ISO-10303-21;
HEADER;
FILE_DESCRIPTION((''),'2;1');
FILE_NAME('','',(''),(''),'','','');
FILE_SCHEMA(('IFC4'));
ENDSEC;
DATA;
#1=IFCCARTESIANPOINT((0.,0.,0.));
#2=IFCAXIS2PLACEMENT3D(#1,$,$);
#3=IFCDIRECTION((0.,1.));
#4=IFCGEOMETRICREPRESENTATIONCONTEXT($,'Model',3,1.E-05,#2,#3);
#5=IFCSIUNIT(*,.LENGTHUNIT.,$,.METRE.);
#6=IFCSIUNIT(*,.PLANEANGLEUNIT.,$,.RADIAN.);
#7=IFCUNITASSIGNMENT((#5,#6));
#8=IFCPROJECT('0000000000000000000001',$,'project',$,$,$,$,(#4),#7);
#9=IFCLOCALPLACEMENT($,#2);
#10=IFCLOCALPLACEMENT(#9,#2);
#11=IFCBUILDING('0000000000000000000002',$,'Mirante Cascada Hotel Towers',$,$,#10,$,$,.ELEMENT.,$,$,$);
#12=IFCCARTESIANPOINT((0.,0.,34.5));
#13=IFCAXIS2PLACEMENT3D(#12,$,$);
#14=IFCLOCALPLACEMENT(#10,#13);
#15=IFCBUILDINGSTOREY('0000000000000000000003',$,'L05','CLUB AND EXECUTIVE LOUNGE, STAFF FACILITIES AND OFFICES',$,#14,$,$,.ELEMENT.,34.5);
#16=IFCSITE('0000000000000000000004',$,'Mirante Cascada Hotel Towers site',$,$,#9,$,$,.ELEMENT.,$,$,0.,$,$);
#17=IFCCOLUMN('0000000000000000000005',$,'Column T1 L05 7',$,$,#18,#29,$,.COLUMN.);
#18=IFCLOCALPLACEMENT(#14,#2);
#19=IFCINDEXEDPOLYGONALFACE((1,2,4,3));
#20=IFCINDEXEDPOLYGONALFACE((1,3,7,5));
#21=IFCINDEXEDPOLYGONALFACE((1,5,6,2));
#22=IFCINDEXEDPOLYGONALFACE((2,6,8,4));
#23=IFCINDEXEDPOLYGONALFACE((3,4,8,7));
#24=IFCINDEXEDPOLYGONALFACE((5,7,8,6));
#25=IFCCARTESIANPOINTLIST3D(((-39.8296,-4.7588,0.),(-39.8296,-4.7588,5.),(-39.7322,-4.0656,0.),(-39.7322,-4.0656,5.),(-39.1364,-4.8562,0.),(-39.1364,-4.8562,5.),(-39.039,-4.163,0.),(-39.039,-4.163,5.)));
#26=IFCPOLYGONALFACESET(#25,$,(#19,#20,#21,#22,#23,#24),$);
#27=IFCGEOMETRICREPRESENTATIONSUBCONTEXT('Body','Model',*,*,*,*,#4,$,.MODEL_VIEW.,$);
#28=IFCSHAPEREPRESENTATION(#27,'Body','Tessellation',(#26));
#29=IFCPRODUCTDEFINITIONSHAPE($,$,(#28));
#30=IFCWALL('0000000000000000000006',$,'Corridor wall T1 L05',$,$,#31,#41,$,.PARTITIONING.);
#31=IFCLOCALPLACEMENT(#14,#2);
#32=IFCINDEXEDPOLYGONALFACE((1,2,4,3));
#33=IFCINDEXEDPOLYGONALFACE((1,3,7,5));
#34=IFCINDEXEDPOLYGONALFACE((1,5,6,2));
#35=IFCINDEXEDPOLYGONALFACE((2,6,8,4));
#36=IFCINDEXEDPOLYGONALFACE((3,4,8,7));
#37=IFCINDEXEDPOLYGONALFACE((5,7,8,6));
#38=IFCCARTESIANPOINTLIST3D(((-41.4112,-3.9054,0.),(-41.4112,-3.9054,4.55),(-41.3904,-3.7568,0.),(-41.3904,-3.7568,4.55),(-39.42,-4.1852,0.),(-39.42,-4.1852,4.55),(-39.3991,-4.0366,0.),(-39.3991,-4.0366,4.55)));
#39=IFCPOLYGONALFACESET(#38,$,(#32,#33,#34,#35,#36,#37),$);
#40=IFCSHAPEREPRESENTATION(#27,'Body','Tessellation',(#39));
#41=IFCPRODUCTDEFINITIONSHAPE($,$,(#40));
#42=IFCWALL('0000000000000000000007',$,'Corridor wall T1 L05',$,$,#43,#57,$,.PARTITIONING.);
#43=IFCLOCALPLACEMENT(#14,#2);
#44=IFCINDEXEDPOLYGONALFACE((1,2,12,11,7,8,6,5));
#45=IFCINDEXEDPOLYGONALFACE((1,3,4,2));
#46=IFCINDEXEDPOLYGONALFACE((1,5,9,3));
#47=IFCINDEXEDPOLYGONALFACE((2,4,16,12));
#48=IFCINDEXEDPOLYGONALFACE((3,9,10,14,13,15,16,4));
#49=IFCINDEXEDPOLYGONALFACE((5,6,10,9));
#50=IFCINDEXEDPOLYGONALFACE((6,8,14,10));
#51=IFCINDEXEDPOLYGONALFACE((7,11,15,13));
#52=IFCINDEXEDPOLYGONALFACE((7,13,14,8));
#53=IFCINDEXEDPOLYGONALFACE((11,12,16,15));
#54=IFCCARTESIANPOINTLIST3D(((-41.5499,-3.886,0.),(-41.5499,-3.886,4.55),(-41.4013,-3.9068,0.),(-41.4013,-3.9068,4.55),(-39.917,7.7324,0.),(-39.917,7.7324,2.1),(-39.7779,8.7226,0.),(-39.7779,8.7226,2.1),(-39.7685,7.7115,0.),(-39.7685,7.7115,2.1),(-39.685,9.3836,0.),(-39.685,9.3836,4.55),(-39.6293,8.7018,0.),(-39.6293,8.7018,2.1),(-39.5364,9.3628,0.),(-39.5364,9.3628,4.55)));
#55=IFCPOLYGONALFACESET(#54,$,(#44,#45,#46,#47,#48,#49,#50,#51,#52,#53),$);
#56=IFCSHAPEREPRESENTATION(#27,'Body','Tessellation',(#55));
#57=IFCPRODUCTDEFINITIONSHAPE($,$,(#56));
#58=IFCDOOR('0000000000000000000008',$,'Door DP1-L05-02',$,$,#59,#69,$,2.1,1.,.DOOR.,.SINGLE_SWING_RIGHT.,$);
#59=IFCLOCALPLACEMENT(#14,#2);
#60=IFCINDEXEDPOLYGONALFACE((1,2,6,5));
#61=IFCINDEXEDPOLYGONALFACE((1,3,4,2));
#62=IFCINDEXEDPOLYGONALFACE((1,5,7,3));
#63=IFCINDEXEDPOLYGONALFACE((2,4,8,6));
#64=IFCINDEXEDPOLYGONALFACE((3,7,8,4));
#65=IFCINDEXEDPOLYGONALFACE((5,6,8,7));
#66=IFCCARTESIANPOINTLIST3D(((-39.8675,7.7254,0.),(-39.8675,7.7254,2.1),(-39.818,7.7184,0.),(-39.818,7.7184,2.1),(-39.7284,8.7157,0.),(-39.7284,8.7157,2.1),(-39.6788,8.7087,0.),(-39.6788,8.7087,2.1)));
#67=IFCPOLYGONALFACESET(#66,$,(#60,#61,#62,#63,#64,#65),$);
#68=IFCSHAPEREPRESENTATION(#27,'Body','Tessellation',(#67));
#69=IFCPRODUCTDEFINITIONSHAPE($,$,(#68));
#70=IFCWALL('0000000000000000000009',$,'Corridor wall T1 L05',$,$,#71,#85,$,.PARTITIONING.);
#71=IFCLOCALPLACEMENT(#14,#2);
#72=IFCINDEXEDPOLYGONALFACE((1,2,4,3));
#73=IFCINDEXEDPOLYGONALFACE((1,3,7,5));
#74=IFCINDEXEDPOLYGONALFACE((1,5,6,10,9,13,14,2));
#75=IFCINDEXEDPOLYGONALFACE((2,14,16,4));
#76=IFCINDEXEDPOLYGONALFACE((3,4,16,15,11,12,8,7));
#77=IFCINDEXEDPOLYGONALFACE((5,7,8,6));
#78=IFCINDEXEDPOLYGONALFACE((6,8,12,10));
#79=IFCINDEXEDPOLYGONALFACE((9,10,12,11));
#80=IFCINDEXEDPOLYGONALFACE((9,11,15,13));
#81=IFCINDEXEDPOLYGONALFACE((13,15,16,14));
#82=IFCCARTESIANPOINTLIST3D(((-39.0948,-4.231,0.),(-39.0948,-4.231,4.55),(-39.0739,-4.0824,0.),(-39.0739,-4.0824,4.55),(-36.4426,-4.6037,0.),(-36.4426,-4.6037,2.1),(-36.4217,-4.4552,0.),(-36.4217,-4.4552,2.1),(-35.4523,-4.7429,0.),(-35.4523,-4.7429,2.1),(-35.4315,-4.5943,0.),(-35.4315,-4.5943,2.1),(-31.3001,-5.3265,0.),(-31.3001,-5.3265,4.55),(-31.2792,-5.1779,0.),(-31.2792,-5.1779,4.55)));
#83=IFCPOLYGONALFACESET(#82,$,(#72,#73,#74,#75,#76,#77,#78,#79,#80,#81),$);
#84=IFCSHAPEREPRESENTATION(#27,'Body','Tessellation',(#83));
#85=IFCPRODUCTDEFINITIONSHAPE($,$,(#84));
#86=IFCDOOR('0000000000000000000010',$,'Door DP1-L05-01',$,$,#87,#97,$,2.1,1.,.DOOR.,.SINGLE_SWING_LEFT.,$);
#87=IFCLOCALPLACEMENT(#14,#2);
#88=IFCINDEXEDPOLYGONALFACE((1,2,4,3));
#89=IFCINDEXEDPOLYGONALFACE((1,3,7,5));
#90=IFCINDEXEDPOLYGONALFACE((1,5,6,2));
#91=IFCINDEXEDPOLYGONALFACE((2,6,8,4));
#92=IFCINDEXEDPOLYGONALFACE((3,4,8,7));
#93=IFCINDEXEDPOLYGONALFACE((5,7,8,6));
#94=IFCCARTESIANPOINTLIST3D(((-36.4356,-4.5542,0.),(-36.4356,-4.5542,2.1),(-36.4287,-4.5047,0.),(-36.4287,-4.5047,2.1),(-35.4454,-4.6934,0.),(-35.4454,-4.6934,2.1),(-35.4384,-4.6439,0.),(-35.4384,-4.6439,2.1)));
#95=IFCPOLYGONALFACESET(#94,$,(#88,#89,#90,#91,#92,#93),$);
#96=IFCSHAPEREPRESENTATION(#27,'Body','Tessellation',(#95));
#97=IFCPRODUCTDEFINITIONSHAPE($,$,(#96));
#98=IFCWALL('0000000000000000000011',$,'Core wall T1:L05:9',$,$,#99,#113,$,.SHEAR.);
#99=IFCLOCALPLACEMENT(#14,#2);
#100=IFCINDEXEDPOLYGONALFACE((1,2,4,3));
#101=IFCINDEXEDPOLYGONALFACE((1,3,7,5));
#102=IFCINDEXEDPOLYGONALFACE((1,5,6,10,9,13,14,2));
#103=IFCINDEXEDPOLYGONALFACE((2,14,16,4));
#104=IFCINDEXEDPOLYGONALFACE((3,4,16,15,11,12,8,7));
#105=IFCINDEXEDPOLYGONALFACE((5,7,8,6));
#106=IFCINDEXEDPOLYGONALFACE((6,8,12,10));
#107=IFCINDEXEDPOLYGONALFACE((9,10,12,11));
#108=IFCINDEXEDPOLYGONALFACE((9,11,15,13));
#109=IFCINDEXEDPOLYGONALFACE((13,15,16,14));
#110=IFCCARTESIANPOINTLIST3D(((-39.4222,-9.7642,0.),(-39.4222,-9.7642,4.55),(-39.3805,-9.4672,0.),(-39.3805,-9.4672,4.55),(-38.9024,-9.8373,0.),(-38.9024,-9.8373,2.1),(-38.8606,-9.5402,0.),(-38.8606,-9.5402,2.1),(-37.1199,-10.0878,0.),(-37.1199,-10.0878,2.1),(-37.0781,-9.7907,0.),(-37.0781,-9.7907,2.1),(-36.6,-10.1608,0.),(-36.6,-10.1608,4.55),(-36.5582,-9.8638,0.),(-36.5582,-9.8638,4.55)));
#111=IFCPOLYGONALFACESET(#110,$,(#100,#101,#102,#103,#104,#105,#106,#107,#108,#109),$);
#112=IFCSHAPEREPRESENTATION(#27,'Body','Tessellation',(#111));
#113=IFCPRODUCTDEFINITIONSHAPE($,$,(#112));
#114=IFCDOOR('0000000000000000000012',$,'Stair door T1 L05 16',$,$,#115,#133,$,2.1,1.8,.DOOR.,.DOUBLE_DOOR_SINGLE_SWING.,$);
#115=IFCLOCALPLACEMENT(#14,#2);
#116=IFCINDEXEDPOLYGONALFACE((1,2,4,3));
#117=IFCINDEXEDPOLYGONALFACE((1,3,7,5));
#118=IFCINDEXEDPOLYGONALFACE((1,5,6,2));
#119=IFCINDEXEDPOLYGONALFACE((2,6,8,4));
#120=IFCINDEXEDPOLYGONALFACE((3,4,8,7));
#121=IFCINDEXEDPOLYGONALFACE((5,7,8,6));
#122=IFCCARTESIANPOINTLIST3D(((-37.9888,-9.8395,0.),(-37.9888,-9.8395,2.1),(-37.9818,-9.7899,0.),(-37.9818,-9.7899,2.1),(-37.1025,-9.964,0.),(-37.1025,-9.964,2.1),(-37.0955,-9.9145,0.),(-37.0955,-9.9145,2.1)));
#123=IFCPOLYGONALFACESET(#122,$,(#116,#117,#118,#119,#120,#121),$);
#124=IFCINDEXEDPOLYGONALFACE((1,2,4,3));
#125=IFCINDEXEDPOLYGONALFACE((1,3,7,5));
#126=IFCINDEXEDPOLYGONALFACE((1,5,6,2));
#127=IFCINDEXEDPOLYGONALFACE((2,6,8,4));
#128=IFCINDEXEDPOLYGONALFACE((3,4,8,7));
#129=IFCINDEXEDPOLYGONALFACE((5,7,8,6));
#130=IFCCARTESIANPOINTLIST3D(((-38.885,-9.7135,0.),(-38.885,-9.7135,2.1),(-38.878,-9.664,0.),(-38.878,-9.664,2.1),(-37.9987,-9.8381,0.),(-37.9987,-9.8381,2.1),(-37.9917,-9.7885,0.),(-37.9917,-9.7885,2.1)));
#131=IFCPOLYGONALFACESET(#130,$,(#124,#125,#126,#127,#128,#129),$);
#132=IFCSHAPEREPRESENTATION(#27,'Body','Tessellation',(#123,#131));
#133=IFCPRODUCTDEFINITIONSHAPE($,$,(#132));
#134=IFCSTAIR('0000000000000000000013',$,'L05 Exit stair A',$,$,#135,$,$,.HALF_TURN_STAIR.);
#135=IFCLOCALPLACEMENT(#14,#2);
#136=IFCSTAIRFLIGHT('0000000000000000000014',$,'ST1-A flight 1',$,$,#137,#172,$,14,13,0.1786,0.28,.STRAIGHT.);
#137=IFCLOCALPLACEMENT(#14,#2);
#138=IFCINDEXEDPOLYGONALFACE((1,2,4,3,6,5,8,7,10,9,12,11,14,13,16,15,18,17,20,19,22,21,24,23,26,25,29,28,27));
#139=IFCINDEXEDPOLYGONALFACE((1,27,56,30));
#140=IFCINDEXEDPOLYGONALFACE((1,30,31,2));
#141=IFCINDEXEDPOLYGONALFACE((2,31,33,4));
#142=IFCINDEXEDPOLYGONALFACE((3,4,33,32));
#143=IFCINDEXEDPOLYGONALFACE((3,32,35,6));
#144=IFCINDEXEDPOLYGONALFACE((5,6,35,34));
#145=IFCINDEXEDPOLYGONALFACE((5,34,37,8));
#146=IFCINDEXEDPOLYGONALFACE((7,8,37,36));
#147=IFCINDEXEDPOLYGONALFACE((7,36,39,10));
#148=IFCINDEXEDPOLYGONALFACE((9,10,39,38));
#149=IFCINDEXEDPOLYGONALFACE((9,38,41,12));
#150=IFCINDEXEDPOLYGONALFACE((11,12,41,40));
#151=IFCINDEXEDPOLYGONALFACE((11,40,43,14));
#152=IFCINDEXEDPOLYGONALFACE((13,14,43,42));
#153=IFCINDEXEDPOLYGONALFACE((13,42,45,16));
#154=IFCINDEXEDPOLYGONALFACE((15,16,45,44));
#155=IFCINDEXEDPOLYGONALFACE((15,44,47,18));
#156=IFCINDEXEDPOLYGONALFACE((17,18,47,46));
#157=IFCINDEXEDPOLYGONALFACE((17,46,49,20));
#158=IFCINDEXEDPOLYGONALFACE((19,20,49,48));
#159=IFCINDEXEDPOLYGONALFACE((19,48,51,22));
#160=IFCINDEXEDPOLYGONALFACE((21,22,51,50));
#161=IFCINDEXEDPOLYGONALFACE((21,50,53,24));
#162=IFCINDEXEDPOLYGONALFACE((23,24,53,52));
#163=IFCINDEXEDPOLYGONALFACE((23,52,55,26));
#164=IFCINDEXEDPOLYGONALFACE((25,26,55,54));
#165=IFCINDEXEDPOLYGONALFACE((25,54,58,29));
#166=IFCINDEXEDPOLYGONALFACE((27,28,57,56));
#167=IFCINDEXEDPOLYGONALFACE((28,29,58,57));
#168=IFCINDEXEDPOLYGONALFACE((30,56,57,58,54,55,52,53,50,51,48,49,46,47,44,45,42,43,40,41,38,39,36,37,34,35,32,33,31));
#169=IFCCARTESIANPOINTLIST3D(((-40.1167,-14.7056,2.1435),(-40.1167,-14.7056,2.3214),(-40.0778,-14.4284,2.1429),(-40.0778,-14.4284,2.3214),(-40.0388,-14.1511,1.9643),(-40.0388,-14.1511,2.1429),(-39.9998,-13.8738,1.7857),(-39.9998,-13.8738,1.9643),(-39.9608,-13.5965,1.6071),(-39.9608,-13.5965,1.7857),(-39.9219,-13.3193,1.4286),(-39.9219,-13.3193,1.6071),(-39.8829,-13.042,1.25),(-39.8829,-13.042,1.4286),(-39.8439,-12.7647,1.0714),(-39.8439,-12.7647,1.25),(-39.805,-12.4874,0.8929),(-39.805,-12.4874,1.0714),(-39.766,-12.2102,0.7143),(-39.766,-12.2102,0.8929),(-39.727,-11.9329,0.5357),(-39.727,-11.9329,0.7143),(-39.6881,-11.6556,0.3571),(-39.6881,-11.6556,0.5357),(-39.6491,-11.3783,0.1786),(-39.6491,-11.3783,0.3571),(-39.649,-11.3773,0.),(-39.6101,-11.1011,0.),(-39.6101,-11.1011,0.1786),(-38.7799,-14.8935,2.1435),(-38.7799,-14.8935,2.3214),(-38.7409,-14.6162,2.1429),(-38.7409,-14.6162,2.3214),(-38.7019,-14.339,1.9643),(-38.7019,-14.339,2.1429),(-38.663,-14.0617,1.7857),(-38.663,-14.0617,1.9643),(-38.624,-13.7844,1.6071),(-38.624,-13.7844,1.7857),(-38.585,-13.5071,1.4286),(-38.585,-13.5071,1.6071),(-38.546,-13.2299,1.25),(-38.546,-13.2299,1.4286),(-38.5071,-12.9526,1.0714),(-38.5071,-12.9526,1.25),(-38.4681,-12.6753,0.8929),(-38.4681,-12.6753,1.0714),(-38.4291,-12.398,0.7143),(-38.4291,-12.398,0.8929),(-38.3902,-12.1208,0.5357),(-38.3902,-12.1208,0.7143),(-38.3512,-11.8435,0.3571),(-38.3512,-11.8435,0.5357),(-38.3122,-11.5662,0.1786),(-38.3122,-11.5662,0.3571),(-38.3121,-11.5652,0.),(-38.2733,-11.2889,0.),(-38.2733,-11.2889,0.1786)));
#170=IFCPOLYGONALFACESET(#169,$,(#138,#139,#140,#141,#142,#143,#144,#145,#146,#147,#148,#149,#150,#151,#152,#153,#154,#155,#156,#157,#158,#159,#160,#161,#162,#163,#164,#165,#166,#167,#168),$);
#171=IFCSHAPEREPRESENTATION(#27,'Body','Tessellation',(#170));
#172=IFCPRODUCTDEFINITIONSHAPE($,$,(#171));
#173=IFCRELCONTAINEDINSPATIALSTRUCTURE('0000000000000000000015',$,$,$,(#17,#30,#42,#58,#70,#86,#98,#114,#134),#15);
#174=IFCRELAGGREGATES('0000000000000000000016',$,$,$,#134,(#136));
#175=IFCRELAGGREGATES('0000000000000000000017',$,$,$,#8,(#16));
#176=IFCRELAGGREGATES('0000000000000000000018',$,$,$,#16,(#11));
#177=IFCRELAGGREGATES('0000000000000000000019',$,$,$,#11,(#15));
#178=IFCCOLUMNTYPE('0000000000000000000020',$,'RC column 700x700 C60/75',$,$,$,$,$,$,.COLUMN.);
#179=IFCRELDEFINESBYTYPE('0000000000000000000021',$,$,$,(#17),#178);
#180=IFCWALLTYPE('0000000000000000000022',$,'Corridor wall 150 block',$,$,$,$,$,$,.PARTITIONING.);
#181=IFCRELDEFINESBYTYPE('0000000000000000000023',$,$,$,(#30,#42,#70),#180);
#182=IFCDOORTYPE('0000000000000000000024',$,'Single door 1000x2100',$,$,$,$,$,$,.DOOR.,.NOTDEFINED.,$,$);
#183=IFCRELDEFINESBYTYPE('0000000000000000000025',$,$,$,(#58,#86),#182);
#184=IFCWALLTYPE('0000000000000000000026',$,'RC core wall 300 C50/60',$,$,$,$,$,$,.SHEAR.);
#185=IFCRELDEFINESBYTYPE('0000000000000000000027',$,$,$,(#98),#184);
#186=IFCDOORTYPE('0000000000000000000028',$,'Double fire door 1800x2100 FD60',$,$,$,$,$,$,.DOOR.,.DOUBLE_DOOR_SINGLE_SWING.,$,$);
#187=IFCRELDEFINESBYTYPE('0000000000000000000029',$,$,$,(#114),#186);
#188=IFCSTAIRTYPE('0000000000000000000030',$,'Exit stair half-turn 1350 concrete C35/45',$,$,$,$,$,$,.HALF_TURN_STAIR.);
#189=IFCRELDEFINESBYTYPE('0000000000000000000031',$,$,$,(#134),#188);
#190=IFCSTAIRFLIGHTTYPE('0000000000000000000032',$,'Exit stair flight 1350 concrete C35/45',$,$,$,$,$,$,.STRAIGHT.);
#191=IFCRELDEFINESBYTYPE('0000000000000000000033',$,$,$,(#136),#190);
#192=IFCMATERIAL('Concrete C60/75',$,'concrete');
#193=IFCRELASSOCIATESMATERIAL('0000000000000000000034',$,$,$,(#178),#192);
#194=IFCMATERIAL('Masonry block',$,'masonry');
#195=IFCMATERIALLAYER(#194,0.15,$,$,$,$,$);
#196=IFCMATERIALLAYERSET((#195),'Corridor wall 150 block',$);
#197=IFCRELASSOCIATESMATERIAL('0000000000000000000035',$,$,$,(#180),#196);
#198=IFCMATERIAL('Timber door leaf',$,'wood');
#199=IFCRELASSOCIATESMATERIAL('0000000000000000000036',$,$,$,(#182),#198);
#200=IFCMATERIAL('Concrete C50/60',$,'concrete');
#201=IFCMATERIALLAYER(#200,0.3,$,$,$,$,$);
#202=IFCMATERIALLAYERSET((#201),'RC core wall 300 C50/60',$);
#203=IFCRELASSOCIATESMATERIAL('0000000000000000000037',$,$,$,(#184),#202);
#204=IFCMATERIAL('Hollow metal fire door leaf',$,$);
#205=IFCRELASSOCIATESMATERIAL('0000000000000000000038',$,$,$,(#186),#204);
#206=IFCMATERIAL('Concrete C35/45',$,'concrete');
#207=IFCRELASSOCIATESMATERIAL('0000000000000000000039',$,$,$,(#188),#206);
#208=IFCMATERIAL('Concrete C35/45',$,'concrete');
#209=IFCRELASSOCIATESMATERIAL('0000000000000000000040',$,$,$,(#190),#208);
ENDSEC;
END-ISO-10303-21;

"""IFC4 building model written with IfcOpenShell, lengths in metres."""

from ifc_helpers import new_model, si_unit, direction, frame, frame_2d, origin, origin_2d, place, context, subcontext, project, spatial, polyline, rectangle, outline, extrude, material, layer, layer_set, material_profile, profile_set, type_object, element, fill, aggregate, save


model = new_model("IFC4")

# Units and contexts
model_context = context("Model", 3, precision=1e-05, world=origin(), true_north=direction((0.0, 1.0)))
body_context = subcontext(model_context, "Body", "Model", "MODEL_VIEW")
ifc_project = project(units=[si_unit("LENGTHUNIT", "METRE"), si_unit("PLANEANGLEUNIT", "RADIAN")], contexts=[model_context])

# Site, building, storey
site_placement = place(None, origin())
site = spatial("IfcSite", under=ifc_project, at=site_placement, Name="Mirante Cascada Hotel Towers site", CompositionType="ELEMENT", RefElevation=0.0)
building_placement = place(site_placement, origin())
building = spatial("IfcBuilding", under=site, at=building_placement, Name="Mirante Cascada Hotel Towers", CompositionType="ELEMENT")
storey_placement = place(building_placement, frame((0.0, 0.0, 34.5)))
storey = spatial("IfcBuildingStorey", under=building, at=storey_placement, Name="L05", Description="CLUB AND EXECUTIVE LOUNGE, STAFF FACILITIES AND OFFICES", CompositionType="ELEMENT", Elevation=34.5)

# Column
ifc_material_1 = material(Name="Concrete C60/75", Category="concrete")
ifc_material_profile = material_profile(ifc_material_1, rectangle(XDim=0.7, YDim=0.7, at=origin_2d()), Name="RC column 700x700 C60/75")
ifc_profile_set = profile_set([ifc_material_profile], Name="Concrete C60/75")
column_type = type_object("IfcColumnType", Name="RC column 700x700 C60/75", PredefinedType="COLUMN", material=ifc_profile_set)
column_placement = place(storey_placement, frame((-39.4343, -4.4609, 0.0), z_axis=(0.0, 0.0, 1.0), x_axis=(-0.990268, 0.139173, 0.0)))
element("IfcColumn", 1, at=column_placement, inside=storey, type_object=column_type, Name="Column T1 L05 7", PredefinedType="COLUMN", context=body_context, shape_type="SweptSolid", body=[
    extrude(rectangle(XDim=0.7, YDim=0.7, at=origin_2d()), origin(), (0.0, 0.0, 1.0), 5.0),
])

# Wall
ifc_material_2 = material(Name="Masonry block", Category="masonry")
ifc_layer_1 = layer(ifc_material_2, 0.15)
ifc_layer_set_1 = layer_set([ifc_layer_1], Name="Corridor wall 150 block")
wall_type_1 = type_object("IfcWallType", Name="Corridor wall 150 block", PredefinedType="PARTITIONING", material=ifc_layer_set_1)
wall_1_placement = place(storey_placement, frame((-41.4008, -3.8311, 0.0), z_axis=(0.0, 0.0, 1.0), x_axis=(0.990271, -0.139151, 0.0)))
element("IfcWall", 2, at=wall_1_placement, inside=storey, type_object=wall_type_1, Name="Corridor wall T1 L05", PredefinedType="PARTITIONING", context=body_context, shape_type="SweptSolid", body=[
    extrude(rectangle(XDim=2.0108, YDim=0.15, at=frame_2d((1.0054, 0.0))), origin(), (0.0, 0.0, 1.0), 4.55),
])

# Walls, openings, doors
wall_2_placement = place(storey_placement, frame((-41.4756, -3.8964, 0.0), z_axis=(0.0, 0.0, 1.0), x_axis=(0.139172, 0.990268, 0.0)))
wall_2 = element("IfcWall", 3, at=wall_2_placement, inside=storey, type_object=wall_type_1, Name="Corridor wall T1 L05", PredefinedType="PARTITIONING", context=body_context, shape_type="SweptSolid", body=[
    extrude(rectangle(XDim=13.4, YDim=0.15, at=frame_2d((6.7, 0.0))), origin(), (0.0, 0.0, 1.0), 4.55),
])
opening_1_placement = place(wall_2_placement, frame((11.7325, 0.0, 0.0)))
opening_1 = element("IfcOpeningElement", 4, at=opening_1_placement, cuts=wall_2, PredefinedType="OPENING", context=body_context, shape_type="SweptSolid", body=[
    extrude(rectangle(XDim=1.0, YDim=2.1, at=frame_2d((0.5, 1.05))), frame((0.0, 0.075, 0.0), z_axis=(0.0, -1.0, 0.0), x_axis=(1.0, 0.0, 0.0)), (0.0, 0.0, 1.0), 0.15),
])
ifc_material_3 = material(Name="Timber door leaf", Category="wood")
door_type_1 = type_object("IfcDoorType", Name="Single door 1000x2100", OperationType="NOTDEFINED", PredefinedType="DOOR", material=ifc_material_3)
door_1_placement = place(opening_1_placement, frame((1.0, 0.0, 0.0), z_axis=(0.0, 0.0, 1.0), x_axis=(-1.0, 0.0, 0.0)))
door_1 = element("IfcDoor", 5, at=door_1_placement, inside=storey, type_object=door_type_1, Name="Door DP1-L05-02", OperationType="SINGLE_SWING_RIGHT", OverallHeight=2.1, OverallWidth=1.0, PredefinedType="DOOR", context=body_context, shape_type="SweptSolid", body=[
    extrude(rectangle(XDim=1.0, YDim=2.1, at=frame_2d((0.5, 1.05))), frame((0.0, 0.025, 0.0), z_axis=(0.0, -1.0, 0.0), x_axis=(1.0, 0.0, 0.0)), (0.0, 0.0, 1.0), 0.05),
])
fill(opening_1, door_1)
wall_3_placement = place(storey_placement, frame((-39.0843, -4.1567, 0.0), z_axis=(0.0, 0.0, 1.0), x_axis=(0.990268, -0.139176, 0.0)))
wall_3 = element("IfcWall", 6, at=wall_3_placement, inside=storey, type_object=wall_type_1, Name="Corridor wall T1 L05", PredefinedType="PARTITIONING", context=body_context, shape_type="SweptSolid", body=[
    extrude(rectangle(XDim=7.8713, YDim=0.15, at=frame_2d((3.9356, 0.0))), origin(), (0.0, 0.0, 1.0), 4.55),
])
opening_2_placement = place(wall_3_placement, frame((2.6782, 0.0, 0.0)))
opening_2 = element("IfcOpeningElement", 7, at=opening_2_placement, cuts=wall_3, PredefinedType="OPENING", context=body_context, shape_type="SweptSolid", body=[
    extrude(rectangle(XDim=1.0, YDim=2.1, at=frame_2d((0.5, 1.05))), frame((0.0, 0.075, 0.0), z_axis=(0.0, -1.0, 0.0), x_axis=(1.0, 0.0, 0.0)), (0.0, 0.0, 1.0), 0.15),
])
door_2_placement = place(opening_2_placement, frame((1.0, 0.0, 0.0), z_axis=(0.0, 0.0, 1.0), x_axis=(-1.0, 0.0, 0.0)))
door_2 = element("IfcDoor", 8, at=door_2_placement, inside=storey, type_object=door_type_1, Name="Door DP1-L05-01", OperationType="SINGLE_SWING_LEFT", OverallHeight=2.1, OverallWidth=1.0, PredefinedType="DOOR", context=body_context, shape_type="SweptSolid", body=[
    extrude(rectangle(XDim=1.0, YDim=2.1, at=frame_2d((0.5, 1.05))), frame((0.0, 0.025, 0.0), z_axis=(0.0, -1.0, 0.0), x_axis=(1.0, 0.0, 0.0)), (0.0, 0.0, 1.0), 0.05),
])
fill(opening_2, door_2)
ifc_material_4 = material(Name="Concrete C50/60", Category="concrete")
ifc_layer_2 = layer(ifc_material_4, 0.3)
ifc_layer_set_2 = layer_set([ifc_layer_2], Name="RC core wall 300 C50/60")
wall_type_2 = type_object("IfcWallType", Name="RC core wall 300 C50/60", PredefinedType="SHEAR", material=ifc_layer_set_2)
wall_4_placement = place(storey_placement, frame((-36.5791, -10.0123, 0.0), z_axis=(0.0, 0.0, 1.0), x_axis=(-0.99027, 0.139156, 0.0)))
wall_4 = element("IfcWall", 9, at=wall_4_placement, inside=storey, type_object=wall_type_2, Name="Core wall T1:L05:9", PredefinedType="SHEAR", context=body_context, shape_type="SweptSolid", body=[
    extrude(rectangle(XDim=2.85, YDim=0.3, at=frame_2d((1.425, 0.0))), origin(), (0.0, 0.0, 1.0), 4.55),
])
opening_3_placement = place(wall_4_placement, frame((0.525, 0.0, 0.0)))
opening_3 = element("IfcOpeningElement", 10, at=opening_3_placement, cuts=wall_4, PredefinedType="OPENING", context=body_context, shape_type="SweptSolid", body=[
    extrude(rectangle(XDim=1.8, YDim=2.1, at=frame_2d((0.9, 1.05))), frame((0.0, 0.15, 0.0), z_axis=(0.0, -1.0, 0.0), x_axis=(1.0, 0.0, 0.0)), (0.0, 0.0, 1.0), 0.3),
])
ifc_material_5 = material(Name="Hollow metal fire door leaf")
door_type_2 = type_object("IfcDoorType", Name="Double fire door 1800x2100 FD60", OperationType="DOUBLE_DOOR_SINGLE_SWING", PredefinedType="DOOR", material=ifc_material_5)
door_3_placement = place(opening_3_placement, origin())
door_3 = element("IfcDoor", 11, at=door_3_placement, inside=storey, type_object=door_type_2, Name="Stair door T1 L05 16", OperationType="DOUBLE_DOOR_SINGLE_SWING", OverallHeight=2.1, OverallWidth=1.8, PredefinedType="DOOR", context=body_context, shape_type="SweptSolid", body=[
    extrude(rectangle(XDim=0.895, YDim=2.1, at=frame_2d((0.4475, 1.05))), frame((0.0, 0.025, 0.0), z_axis=(0.0, -1.0, 0.0), x_axis=(1.0, 0.0, 0.0)), (0.0, 0.0, 1.0), 0.05),
    extrude(rectangle(XDim=0.895, YDim=2.1, at=frame_2d((1.3525, 1.05))), frame((0.0, 0.025, 0.0), z_axis=(0.0, -1.0, 0.0), x_axis=(1.0, 0.0, 0.0)), (0.0, 0.0, 1.0), 0.05),
])
fill(opening_3, door_3)

# Stair, stair flight
ifc_material_6 = material(Name="Concrete C35/45", Category="concrete")
stair_type = type_object("IfcStairType", Name="Exit stair half-turn 1350 concrete C35/45", PredefinedType="HALF_TURN_STAIR", material=ifc_material_6)
stair_placement = place(storey_placement, origin())
stair = element("IfcStair", 12, at=stair_placement, inside=storey, type_object=stair_type, Name="L05 Exit stair A", PredefinedType="HALF_TURN_STAIR")
ifc_material_7 = material(Name="Concrete C35/45", Category="concrete")
stair_flight_type = type_object("IfcStairFlightType", Name="Exit stair flight 1350 concrete C35/45", PredefinedType="STRAIGHT", material=ifc_material_7)
stair_flight_placement = place(storey_placement, frame((-38.9417, -11.195, 0.0), z_axis=(0.0, 0.0, 1.0), x_axis=(-0.139173, -0.990268, 0.0)))
stair_flight = element("IfcStairFlight", 13, at=stair_flight_placement, type_object=stair_flight_type, Name="ST1-A flight 1", NumberOfRisers=14, NumberOfTreads=13, PredefinedType="STRAIGHT", RiserHeight=0.1786, TreadLength=0.28, context=body_context, shape_type="SweptSolid", body=[
    extrude(outline(polyline([(0.0, 0.0), (0.0, 0.1786), (0.28, 0.1786), (0.28, 0.3571), (0.56, 0.3571), (0.56, 0.5357), (0.84, 0.5357), (0.84, 0.7143), (1.12, 0.7143), (1.12, 0.8929), (1.4, 0.8929), (1.4, 1.0714), (1.68, 1.0714), (1.68, 1.25), (1.96, 1.25), (1.96, 1.4286), (2.24, 1.4286), (2.24, 1.6071), (2.52, 1.6071), (2.52, 1.7857), (2.8, 1.7857), (2.8, 1.9643), (3.08, 1.9643), (3.08, 2.1429), (3.36, 2.1429), (3.36, 2.3214), (3.64, 2.3214), (3.64, 2.5), (3.64, 2.1435), (0.279, 0.0), (0.0, 0.0)])), frame((0.0, 0.675, 0.0), z_axis=(0.0, -1.0, 0.0), x_axis=(1.0, 0.0, 0.0)), (0.0, 0.0, 1.0), 1.35),
])
aggregate(stair, [stair_flight])

save(model, "model.ifc")
